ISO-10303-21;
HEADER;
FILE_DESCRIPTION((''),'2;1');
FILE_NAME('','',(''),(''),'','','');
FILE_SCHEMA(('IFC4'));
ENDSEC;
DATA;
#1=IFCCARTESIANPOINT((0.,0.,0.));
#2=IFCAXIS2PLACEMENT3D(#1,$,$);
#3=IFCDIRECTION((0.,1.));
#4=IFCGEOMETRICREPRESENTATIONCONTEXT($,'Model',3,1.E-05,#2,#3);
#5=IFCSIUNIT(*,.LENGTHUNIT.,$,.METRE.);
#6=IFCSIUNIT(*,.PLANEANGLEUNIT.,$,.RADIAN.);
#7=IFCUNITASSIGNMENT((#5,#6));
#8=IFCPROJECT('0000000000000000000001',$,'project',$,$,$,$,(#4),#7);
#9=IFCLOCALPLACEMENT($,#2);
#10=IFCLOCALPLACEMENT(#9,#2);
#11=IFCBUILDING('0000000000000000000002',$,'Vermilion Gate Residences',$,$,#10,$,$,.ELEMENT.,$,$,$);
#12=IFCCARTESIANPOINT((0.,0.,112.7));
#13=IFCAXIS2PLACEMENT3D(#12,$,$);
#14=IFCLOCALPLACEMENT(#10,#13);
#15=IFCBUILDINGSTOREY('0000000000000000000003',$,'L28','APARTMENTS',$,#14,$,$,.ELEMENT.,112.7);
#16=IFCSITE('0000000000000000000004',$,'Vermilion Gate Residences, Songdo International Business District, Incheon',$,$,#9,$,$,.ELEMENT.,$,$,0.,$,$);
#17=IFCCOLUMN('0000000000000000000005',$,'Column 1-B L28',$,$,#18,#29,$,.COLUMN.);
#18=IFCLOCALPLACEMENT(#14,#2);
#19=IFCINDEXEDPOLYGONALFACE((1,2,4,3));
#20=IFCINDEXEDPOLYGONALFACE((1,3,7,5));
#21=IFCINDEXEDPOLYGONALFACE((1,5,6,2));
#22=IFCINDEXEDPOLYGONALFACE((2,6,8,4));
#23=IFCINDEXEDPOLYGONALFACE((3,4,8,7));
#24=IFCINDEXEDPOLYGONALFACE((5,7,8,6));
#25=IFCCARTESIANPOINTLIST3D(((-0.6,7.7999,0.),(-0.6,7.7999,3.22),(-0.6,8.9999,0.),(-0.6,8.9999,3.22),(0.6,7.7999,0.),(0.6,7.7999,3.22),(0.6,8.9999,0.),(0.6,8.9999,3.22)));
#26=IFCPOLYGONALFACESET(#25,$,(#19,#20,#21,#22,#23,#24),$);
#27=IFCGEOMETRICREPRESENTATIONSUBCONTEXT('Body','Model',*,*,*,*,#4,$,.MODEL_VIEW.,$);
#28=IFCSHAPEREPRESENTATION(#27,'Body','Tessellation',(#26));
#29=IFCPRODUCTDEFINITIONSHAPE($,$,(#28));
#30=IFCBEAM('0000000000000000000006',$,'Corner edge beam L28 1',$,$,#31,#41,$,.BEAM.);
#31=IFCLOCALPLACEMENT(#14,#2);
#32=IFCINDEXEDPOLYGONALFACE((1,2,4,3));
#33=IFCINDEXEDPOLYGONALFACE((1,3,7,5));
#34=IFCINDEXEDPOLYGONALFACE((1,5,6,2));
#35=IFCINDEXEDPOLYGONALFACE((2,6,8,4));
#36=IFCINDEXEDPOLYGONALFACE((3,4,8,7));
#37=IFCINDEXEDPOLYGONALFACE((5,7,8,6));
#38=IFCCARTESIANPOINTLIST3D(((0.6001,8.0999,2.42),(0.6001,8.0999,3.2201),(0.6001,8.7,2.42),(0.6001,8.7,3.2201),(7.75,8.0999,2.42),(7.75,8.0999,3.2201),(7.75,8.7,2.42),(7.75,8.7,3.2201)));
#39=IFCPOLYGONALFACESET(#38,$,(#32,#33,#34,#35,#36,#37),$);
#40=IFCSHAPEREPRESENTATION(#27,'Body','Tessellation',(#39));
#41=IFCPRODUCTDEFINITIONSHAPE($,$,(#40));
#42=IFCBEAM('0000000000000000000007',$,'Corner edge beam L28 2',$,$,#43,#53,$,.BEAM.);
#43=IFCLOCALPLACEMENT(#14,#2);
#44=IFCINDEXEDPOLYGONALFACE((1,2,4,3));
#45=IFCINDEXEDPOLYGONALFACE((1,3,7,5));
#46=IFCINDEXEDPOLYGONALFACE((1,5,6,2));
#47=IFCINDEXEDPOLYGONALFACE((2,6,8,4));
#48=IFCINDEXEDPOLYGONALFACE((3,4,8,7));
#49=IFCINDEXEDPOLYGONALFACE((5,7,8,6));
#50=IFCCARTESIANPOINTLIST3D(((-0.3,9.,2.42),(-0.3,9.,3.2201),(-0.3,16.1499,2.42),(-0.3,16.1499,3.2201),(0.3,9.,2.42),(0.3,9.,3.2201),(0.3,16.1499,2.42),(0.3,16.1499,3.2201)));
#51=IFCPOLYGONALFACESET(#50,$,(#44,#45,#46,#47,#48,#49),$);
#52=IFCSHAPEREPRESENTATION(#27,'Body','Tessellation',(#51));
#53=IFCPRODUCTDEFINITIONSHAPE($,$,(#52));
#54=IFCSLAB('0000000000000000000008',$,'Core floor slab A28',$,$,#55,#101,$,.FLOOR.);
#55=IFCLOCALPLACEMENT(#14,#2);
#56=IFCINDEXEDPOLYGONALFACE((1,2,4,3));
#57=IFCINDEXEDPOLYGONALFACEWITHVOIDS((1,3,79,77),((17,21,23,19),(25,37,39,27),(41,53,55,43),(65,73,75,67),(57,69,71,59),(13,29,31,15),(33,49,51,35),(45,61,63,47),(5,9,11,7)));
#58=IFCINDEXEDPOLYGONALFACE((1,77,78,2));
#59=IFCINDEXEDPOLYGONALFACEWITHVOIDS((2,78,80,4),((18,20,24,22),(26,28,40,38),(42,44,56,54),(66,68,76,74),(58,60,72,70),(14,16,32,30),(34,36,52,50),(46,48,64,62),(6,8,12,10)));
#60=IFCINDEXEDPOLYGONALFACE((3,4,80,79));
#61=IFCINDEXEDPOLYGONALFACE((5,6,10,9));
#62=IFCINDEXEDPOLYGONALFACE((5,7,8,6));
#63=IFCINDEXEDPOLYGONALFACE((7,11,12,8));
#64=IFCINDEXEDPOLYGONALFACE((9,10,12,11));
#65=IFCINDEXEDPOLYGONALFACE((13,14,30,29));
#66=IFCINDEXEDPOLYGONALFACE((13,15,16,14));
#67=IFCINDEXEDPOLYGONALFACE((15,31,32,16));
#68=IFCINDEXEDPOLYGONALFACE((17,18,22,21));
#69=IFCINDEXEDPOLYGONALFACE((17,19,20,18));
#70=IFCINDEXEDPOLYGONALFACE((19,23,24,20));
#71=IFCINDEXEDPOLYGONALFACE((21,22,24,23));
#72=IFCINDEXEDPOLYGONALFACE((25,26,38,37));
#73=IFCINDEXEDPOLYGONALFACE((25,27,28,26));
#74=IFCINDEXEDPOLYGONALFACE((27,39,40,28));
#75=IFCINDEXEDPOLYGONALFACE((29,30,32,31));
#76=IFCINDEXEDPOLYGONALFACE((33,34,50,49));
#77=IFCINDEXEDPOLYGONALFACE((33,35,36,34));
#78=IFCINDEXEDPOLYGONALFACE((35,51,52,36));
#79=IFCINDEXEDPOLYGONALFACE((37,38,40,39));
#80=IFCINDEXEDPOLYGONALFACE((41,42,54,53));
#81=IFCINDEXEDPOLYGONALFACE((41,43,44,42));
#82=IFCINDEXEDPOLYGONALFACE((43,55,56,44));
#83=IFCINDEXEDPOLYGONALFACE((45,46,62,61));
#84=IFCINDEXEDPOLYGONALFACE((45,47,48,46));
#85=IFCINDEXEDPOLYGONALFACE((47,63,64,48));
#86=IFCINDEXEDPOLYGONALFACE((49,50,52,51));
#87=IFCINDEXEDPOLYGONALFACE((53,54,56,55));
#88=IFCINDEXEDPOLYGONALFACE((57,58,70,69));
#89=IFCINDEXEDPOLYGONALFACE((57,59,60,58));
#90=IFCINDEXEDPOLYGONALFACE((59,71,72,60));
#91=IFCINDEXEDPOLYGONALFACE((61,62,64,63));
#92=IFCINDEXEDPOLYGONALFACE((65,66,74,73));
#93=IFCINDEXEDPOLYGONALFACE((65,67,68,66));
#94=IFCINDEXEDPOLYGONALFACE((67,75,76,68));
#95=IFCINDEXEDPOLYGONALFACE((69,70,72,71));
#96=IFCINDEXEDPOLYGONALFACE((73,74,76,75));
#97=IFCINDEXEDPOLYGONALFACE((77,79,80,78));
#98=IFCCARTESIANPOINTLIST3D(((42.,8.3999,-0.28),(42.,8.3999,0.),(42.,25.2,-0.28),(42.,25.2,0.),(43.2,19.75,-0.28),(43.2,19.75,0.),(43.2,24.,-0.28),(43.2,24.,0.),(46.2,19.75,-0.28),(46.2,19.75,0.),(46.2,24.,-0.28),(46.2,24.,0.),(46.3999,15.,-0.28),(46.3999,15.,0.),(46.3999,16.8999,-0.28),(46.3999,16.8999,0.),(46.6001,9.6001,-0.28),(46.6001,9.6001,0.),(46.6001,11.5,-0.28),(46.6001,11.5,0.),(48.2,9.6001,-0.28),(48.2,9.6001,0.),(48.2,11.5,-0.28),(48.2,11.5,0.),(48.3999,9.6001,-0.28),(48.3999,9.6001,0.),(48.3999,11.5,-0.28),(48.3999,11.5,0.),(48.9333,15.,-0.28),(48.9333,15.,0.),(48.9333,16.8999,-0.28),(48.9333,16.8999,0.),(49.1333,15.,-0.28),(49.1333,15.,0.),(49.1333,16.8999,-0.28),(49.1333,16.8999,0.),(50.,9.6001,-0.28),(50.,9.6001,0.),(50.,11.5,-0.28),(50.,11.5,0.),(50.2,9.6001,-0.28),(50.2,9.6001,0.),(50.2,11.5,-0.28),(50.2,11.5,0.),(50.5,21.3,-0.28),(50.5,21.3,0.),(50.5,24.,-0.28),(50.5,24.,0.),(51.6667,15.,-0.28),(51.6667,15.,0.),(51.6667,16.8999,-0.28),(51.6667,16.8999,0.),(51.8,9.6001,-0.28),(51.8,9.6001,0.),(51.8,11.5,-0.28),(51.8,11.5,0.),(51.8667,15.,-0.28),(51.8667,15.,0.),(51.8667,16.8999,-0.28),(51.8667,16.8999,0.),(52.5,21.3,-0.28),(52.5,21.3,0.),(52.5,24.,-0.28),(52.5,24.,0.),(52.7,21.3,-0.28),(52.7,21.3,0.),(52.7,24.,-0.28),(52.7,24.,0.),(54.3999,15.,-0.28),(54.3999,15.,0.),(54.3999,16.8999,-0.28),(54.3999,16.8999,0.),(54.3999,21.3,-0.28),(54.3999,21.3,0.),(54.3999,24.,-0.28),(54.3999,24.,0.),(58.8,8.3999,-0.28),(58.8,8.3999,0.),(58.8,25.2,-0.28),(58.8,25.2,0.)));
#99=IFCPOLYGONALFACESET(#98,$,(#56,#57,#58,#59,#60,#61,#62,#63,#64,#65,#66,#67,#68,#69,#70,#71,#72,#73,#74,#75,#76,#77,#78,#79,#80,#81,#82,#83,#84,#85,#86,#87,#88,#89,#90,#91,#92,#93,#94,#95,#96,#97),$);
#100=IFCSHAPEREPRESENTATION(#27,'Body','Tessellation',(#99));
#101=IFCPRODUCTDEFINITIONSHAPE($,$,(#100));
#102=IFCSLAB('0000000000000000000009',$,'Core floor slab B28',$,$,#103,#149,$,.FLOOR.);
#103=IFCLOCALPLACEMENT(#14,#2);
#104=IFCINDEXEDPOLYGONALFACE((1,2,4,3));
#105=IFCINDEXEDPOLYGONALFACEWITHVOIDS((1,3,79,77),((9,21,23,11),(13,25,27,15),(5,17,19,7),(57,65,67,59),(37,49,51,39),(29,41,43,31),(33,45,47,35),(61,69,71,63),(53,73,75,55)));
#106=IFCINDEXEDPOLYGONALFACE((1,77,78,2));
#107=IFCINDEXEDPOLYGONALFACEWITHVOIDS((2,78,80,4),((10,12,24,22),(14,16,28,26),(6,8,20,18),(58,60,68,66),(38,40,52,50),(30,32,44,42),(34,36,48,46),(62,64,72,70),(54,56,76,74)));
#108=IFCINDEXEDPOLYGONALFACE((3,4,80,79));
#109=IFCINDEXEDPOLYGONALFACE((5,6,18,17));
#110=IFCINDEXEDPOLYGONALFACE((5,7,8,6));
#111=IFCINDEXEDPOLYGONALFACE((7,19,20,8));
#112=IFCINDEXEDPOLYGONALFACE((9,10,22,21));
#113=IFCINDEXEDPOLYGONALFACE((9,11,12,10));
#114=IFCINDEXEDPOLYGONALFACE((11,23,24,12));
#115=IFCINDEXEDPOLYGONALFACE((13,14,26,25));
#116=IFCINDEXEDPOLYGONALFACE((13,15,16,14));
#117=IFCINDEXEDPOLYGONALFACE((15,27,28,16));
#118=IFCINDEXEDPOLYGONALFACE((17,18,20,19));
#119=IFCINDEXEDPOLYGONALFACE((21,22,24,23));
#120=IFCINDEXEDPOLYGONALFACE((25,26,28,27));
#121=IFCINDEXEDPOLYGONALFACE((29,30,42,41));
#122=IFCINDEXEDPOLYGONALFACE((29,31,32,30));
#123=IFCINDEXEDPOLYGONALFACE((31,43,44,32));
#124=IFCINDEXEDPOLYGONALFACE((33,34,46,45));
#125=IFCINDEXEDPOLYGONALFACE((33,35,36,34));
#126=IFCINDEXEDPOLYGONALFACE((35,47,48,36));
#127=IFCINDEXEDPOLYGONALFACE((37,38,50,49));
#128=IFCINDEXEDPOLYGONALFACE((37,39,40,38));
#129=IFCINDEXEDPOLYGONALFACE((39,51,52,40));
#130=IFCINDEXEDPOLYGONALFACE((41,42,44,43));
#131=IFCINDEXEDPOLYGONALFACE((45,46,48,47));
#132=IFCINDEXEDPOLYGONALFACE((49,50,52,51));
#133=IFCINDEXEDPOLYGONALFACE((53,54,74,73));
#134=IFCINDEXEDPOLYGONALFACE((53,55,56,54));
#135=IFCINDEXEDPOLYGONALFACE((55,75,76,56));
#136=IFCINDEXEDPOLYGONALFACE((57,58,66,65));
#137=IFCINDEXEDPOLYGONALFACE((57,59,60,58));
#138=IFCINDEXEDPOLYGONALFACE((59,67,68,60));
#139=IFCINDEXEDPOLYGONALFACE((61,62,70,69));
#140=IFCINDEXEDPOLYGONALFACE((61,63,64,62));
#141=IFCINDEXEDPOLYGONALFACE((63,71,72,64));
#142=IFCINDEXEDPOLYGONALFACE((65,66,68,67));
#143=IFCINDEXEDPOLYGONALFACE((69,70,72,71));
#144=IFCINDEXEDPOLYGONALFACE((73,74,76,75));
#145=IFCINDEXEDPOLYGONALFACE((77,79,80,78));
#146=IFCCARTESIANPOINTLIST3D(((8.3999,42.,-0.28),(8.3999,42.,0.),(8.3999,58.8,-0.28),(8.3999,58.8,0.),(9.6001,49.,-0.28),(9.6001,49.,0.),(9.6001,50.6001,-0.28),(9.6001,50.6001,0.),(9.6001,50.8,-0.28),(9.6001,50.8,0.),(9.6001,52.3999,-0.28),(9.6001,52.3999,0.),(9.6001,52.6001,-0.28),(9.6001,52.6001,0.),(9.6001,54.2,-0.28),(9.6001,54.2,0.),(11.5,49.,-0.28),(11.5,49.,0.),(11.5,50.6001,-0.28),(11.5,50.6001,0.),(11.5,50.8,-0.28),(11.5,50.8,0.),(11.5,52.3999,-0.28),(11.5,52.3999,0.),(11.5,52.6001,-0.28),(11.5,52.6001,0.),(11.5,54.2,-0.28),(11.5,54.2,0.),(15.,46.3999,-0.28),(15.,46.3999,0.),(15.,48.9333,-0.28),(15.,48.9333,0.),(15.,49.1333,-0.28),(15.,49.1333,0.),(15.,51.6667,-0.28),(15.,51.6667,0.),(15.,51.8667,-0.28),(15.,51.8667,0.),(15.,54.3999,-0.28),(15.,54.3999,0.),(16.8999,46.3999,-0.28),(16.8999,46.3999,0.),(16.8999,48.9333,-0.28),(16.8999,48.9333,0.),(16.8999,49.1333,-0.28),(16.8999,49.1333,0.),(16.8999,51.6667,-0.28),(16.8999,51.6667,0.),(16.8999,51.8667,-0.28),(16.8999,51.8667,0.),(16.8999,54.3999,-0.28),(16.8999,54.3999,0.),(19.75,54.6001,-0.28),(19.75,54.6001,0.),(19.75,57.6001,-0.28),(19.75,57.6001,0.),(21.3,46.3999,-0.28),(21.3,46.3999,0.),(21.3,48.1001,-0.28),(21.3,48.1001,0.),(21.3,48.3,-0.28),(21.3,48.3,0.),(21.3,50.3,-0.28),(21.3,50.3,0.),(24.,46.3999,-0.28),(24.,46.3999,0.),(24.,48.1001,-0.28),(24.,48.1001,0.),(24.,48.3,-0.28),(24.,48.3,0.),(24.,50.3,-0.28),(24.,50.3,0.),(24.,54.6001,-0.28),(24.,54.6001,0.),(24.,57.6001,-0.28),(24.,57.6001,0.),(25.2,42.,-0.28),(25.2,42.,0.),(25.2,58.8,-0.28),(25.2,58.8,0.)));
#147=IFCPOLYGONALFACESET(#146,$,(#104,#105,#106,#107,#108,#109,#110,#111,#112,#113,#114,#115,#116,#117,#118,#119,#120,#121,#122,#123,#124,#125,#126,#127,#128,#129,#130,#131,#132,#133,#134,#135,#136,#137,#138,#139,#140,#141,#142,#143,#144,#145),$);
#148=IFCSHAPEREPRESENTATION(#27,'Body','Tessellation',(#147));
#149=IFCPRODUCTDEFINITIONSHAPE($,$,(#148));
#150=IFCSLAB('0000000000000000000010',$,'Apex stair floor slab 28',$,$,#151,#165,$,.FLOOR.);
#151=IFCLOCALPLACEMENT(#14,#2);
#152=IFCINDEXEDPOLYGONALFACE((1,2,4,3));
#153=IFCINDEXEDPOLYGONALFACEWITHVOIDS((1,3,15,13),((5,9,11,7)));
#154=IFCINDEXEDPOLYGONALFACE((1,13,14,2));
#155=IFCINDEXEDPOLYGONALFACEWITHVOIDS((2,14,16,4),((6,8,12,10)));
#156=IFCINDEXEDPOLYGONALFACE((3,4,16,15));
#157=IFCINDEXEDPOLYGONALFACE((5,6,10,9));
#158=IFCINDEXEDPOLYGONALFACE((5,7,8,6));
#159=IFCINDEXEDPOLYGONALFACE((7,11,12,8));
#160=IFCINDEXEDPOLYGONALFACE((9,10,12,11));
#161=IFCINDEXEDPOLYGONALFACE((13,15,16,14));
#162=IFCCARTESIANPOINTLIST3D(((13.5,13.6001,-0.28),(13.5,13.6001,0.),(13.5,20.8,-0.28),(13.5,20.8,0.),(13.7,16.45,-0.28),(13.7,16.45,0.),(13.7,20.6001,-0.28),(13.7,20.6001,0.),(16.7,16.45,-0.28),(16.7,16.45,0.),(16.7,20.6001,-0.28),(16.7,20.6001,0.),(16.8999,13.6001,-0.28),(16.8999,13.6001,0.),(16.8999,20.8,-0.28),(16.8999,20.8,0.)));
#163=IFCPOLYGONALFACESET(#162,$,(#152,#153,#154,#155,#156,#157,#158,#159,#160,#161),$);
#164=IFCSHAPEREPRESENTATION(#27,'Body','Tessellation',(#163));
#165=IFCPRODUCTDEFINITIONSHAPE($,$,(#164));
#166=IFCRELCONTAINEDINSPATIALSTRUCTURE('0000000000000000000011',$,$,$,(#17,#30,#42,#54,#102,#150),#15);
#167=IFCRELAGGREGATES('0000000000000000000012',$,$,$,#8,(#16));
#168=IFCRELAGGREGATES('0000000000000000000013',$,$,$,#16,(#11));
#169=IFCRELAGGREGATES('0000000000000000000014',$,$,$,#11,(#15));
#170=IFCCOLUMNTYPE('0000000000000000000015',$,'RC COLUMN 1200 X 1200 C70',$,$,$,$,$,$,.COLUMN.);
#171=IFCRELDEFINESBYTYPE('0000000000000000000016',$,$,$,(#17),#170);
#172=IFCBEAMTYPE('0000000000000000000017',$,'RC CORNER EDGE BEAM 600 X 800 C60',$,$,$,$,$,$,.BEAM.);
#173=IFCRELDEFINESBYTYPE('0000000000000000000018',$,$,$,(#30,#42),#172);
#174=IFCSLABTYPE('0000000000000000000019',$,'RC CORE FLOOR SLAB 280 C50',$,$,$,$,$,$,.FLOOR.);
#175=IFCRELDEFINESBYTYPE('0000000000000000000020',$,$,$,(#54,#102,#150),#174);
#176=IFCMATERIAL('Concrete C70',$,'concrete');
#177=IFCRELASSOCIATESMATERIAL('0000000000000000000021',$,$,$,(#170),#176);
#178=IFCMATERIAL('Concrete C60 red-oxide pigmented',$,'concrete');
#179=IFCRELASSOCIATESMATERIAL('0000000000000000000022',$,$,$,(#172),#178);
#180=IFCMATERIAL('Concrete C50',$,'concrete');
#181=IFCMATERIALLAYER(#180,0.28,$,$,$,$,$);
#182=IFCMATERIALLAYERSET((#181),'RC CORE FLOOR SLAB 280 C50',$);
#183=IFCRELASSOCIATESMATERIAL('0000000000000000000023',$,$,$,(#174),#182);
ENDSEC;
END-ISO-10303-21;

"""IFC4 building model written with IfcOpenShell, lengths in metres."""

from ifc_helpers import new_model, si_unit, direction, frame, origin, origin_2d, place, context, subcontext, project, spatial, polyline, rectangle, outline, extrude, material, layer, layer_set, material_profile, profile_set, type_object, element, save


model = new_model("IFC4")

# Units and contexts
model_context = context("Model", 3, precision=1e-05, world=origin(), true_north=direction((0.0, 1.0)))
body_context = subcontext(model_context, "Body", "Model", "MODEL_VIEW")
ifc_project = project(units=[si_unit("LENGTHUNIT", "METRE"), si_unit("PLANEANGLEUNIT", "RADIAN")], contexts=[model_context])

# Site, building, storey
site_placement = place(None, origin())
site = spatial("IfcSite", under=ifc_project, at=site_placement, Name="Vermilion Gate Residences, Songdo International Business District, Incheon", CompositionType="ELEMENT", RefElevation=0.0)
building_placement = place(site_placement, origin())
building = spatial("IfcBuilding", under=site, at=building_placement, Name="Vermilion Gate Residences", CompositionType="ELEMENT")
storey_placement = place(building_placement, frame((0.0, 0.0, 112.7)))
storey = spatial("IfcBuildingStorey", under=building, at=storey_placement, Name="L28", Description="APARTMENTS", CompositionType="ELEMENT", Elevation=112.7)

# Column
ifc_material_1 = material(Name="Concrete C70", Category="concrete")
ifc_material_profile_1 = material_profile(ifc_material_1, rectangle(XDim=1.2, YDim=1.2, at=origin_2d()), Name="RC-1200x1200")
ifc_profile_set_1 = profile_set([ifc_material_profile_1], Name="Concrete C70")
column_type = type_object("IfcColumnType", Name="RC COLUMN 1200 X 1200 C70", PredefinedType="COLUMN", material=ifc_profile_set_1)
column_placement = place(storey_placement, frame((0.0, 8.3999, 0.0), z_axis=(0.0, 0.0, 1.0), x_axis=(1.0, 0.0, 0.0)))
element("IfcColumn", 1, at=column_placement, inside=storey, type_object=column_type, Name="Column 1-B L28", PredefinedType="COLUMN", context=body_context, shape_type="SweptSolid", body=[
    extrude(rectangle(XDim=1.2, YDim=1.2, at=origin_2d()), origin(), (0.0, 0.0, 1.0), 3.22),
])

# Beams
ifc_material_2 = material(Name="Concrete C60 red-oxide pigmented", Category="concrete")
ifc_material_profile_2 = material_profile(ifc_material_2, rectangle(XDim=0.6001, YDim=0.8, at=origin_2d()), Name="RC-600x800")
ifc_profile_set_2 = profile_set([ifc_material_profile_2], Name="Concrete C60 red-oxide pigmented")
beam_type = type_object("IfcBeamType", Name="RC CORNER EDGE BEAM 600 X 800 C60", PredefinedType="BEAM", material=ifc_profile_set_2)
for number, where, z_axis, x_axis, name in (
    (2, (0.6001, 8.3999, 2.8201), (1.0, 0.0, 0.0), (0.0, 1.0, 0.0), "Corner edge beam L28 1"),
    (3, (0.0, 9.0, 2.8201), (0.0, 1.0, 0.0), (-1.0, 0.0, 0.0), "Corner edge beam L28 2"),
):
    element("IfcBeam", number, at=place(storey_placement, frame(where, z_axis=z_axis, x_axis=x_axis)), inside=storey, type_object=beam_type, Name=name, PredefinedType="BEAM", context=body_context, shape_type="SweptSolid", body=[
        extrude(rectangle(XDim=0.6001, YDim=0.8, at=origin_2d()), origin(), (0.0, 0.0, 1.0), 7.1499),
    ])

# Slabs
ifc_material_3 = material(Name="Concrete C50", Category="concrete")
ifc_layer_1 = layer(ifc_material_3, 0.28)
ifc_layer_set_1 = layer_set([ifc_layer_1], Name="RC CORE FLOOR SLAB 280 C50")
slab_type_1 = type_object("IfcSlabType", Name="RC CORE FLOOR SLAB 280 C50", PredefinedType="FLOOR", material=ifc_layer_set_1)
slab_1_placement = place(storey_placement, frame((0.0, 0.0, -0.28)))
element("IfcSlab", 4, at=slab_1_placement, inside=storey, type_object=slab_type_1, Name="Core floor slab A28", PredefinedType="FLOOR", context=body_context, shape_type="SweptSolid", body=[
    extrude(outline(polyline([(42.0, 8.3999), (58.8, 8.3999), (58.8, 25.2), (42.0, 25.2), (42.0, 8.3999)]), holes=[polyline([(46.6001, 11.5), (48.2, 11.5), (48.2, 9.6001), (46.6001, 9.6001), (46.6001, 11.5)]), polyline([(48.3999, 11.5), (50.0, 11.5), (50.0, 9.6001), (48.3999, 9.6001), (48.3999, 11.5)]), polyline([(50.2, 11.5), (51.8, 11.5), (51.8, 9.6001), (50.2, 9.6001), (50.2, 11.5)]), polyline([(46.3999, 16.8999), (48.9333, 16.8999), (48.9333, 15.0), (46.3999, 15.0), (46.3999, 16.8999)]), polyline([(49.1333, 16.8999), (51.6667, 16.8999), (51.6667, 15.0), (49.1333, 15.0), (49.1333, 16.8999)]), polyline([(51.8667, 16.8999), (54.3999, 16.8999), (54.3999, 15.0), (51.8667, 15.0), (51.8667, 16.8999)]), polyline([(43.2, 24.0), (46.2, 24.0), (46.2, 19.75), (43.2, 19.75), (43.2, 24.0)]), polyline([(52.5, 24.0), (52.5, 21.3), (50.5, 21.3), (50.5, 24.0), (52.5, 24.0)]), polyline([(54.3999, 24.0), (54.3999, 21.3), (52.7, 21.3), (52.7, 24.0), (54.3999, 24.0)])]), origin(), (0.0, 0.0, 1.0), 0.28),
])
slab_2_placement = place(storey_placement, frame((0.0, 0.0, -0.28)))
element("IfcSlab", 5, at=slab_2_placement, inside=storey, type_object=slab_type_1, Name="Core floor slab B28", PredefinedType="FLOOR", context=body_context, shape_type="SweptSolid", body=[
    extrude(outline(polyline([(8.3999, 42.0), (25.2, 42.0), (25.2, 58.8), (8.3999, 58.8), (8.3999, 42.0)]), holes=[polyline([(21.3, 48.1001), (24.0, 48.1001), (24.0, 46.3999), (21.3, 46.3999), (21.3, 48.1001)]), polyline([(15.0, 48.9333), (16.8999, 48.9333), (16.8999, 46.3999), (15.0, 46.3999), (15.0, 48.9333)]), polyline([(21.3, 50.3), (24.0, 50.3), (24.0, 48.3), (21.3, 48.3), (21.3, 50.3)]), polyline([(9.6001, 50.6001), (11.5, 50.6001), (11.5, 49.0), (9.6001, 49.0), (9.6001, 50.6001)]), polyline([(15.0, 51.6667), (16.8999, 51.6667), (16.8999, 49.1333), (15.0, 49.1333), (15.0, 51.6667)]), polyline([(9.6001, 52.3999), (11.5, 52.3999), (11.5, 50.8), (9.6001, 50.8), (9.6001, 52.3999)]), polyline([(15.0, 54.3999), (16.8999, 54.3999), (16.8999, 51.8667), (15.0, 51.8667), (15.0, 54.3999)]), polyline([(11.5, 54.2), (11.5, 52.6001), (9.6001, 52.6001), (9.6001, 54.2), (11.5, 54.2)]), polyline([(24.0, 57.6001), (24.0, 54.6001), (19.75, 54.6001), (19.75, 57.6001), (24.0, 57.6001)])]), origin(), (0.0, 0.0, 1.0), 0.28),
])
slab_3_placement = place(storey_placement, frame((0.0, 0.0, -0.28)))
element("IfcSlab", 6, at=slab_3_placement, inside=storey, type_object=slab_type_1, Name="Apex stair floor slab 28", PredefinedType="FLOOR", context=body_context, shape_type="SweptSolid", body=[
    extrude(outline(polyline([(13.5, 13.6001), (16.8999, 13.6001), (16.8999, 20.8), (13.5, 20.8), (13.5, 13.6001)]), holes=[polyline([(16.7, 20.6001), (16.7, 16.45), (13.7, 16.45), (13.7, 20.6001), (16.7, 20.6001)])]), origin(), (0.0, 0.0, 1.0), 0.28),
])

save(model, "model.ifc")
